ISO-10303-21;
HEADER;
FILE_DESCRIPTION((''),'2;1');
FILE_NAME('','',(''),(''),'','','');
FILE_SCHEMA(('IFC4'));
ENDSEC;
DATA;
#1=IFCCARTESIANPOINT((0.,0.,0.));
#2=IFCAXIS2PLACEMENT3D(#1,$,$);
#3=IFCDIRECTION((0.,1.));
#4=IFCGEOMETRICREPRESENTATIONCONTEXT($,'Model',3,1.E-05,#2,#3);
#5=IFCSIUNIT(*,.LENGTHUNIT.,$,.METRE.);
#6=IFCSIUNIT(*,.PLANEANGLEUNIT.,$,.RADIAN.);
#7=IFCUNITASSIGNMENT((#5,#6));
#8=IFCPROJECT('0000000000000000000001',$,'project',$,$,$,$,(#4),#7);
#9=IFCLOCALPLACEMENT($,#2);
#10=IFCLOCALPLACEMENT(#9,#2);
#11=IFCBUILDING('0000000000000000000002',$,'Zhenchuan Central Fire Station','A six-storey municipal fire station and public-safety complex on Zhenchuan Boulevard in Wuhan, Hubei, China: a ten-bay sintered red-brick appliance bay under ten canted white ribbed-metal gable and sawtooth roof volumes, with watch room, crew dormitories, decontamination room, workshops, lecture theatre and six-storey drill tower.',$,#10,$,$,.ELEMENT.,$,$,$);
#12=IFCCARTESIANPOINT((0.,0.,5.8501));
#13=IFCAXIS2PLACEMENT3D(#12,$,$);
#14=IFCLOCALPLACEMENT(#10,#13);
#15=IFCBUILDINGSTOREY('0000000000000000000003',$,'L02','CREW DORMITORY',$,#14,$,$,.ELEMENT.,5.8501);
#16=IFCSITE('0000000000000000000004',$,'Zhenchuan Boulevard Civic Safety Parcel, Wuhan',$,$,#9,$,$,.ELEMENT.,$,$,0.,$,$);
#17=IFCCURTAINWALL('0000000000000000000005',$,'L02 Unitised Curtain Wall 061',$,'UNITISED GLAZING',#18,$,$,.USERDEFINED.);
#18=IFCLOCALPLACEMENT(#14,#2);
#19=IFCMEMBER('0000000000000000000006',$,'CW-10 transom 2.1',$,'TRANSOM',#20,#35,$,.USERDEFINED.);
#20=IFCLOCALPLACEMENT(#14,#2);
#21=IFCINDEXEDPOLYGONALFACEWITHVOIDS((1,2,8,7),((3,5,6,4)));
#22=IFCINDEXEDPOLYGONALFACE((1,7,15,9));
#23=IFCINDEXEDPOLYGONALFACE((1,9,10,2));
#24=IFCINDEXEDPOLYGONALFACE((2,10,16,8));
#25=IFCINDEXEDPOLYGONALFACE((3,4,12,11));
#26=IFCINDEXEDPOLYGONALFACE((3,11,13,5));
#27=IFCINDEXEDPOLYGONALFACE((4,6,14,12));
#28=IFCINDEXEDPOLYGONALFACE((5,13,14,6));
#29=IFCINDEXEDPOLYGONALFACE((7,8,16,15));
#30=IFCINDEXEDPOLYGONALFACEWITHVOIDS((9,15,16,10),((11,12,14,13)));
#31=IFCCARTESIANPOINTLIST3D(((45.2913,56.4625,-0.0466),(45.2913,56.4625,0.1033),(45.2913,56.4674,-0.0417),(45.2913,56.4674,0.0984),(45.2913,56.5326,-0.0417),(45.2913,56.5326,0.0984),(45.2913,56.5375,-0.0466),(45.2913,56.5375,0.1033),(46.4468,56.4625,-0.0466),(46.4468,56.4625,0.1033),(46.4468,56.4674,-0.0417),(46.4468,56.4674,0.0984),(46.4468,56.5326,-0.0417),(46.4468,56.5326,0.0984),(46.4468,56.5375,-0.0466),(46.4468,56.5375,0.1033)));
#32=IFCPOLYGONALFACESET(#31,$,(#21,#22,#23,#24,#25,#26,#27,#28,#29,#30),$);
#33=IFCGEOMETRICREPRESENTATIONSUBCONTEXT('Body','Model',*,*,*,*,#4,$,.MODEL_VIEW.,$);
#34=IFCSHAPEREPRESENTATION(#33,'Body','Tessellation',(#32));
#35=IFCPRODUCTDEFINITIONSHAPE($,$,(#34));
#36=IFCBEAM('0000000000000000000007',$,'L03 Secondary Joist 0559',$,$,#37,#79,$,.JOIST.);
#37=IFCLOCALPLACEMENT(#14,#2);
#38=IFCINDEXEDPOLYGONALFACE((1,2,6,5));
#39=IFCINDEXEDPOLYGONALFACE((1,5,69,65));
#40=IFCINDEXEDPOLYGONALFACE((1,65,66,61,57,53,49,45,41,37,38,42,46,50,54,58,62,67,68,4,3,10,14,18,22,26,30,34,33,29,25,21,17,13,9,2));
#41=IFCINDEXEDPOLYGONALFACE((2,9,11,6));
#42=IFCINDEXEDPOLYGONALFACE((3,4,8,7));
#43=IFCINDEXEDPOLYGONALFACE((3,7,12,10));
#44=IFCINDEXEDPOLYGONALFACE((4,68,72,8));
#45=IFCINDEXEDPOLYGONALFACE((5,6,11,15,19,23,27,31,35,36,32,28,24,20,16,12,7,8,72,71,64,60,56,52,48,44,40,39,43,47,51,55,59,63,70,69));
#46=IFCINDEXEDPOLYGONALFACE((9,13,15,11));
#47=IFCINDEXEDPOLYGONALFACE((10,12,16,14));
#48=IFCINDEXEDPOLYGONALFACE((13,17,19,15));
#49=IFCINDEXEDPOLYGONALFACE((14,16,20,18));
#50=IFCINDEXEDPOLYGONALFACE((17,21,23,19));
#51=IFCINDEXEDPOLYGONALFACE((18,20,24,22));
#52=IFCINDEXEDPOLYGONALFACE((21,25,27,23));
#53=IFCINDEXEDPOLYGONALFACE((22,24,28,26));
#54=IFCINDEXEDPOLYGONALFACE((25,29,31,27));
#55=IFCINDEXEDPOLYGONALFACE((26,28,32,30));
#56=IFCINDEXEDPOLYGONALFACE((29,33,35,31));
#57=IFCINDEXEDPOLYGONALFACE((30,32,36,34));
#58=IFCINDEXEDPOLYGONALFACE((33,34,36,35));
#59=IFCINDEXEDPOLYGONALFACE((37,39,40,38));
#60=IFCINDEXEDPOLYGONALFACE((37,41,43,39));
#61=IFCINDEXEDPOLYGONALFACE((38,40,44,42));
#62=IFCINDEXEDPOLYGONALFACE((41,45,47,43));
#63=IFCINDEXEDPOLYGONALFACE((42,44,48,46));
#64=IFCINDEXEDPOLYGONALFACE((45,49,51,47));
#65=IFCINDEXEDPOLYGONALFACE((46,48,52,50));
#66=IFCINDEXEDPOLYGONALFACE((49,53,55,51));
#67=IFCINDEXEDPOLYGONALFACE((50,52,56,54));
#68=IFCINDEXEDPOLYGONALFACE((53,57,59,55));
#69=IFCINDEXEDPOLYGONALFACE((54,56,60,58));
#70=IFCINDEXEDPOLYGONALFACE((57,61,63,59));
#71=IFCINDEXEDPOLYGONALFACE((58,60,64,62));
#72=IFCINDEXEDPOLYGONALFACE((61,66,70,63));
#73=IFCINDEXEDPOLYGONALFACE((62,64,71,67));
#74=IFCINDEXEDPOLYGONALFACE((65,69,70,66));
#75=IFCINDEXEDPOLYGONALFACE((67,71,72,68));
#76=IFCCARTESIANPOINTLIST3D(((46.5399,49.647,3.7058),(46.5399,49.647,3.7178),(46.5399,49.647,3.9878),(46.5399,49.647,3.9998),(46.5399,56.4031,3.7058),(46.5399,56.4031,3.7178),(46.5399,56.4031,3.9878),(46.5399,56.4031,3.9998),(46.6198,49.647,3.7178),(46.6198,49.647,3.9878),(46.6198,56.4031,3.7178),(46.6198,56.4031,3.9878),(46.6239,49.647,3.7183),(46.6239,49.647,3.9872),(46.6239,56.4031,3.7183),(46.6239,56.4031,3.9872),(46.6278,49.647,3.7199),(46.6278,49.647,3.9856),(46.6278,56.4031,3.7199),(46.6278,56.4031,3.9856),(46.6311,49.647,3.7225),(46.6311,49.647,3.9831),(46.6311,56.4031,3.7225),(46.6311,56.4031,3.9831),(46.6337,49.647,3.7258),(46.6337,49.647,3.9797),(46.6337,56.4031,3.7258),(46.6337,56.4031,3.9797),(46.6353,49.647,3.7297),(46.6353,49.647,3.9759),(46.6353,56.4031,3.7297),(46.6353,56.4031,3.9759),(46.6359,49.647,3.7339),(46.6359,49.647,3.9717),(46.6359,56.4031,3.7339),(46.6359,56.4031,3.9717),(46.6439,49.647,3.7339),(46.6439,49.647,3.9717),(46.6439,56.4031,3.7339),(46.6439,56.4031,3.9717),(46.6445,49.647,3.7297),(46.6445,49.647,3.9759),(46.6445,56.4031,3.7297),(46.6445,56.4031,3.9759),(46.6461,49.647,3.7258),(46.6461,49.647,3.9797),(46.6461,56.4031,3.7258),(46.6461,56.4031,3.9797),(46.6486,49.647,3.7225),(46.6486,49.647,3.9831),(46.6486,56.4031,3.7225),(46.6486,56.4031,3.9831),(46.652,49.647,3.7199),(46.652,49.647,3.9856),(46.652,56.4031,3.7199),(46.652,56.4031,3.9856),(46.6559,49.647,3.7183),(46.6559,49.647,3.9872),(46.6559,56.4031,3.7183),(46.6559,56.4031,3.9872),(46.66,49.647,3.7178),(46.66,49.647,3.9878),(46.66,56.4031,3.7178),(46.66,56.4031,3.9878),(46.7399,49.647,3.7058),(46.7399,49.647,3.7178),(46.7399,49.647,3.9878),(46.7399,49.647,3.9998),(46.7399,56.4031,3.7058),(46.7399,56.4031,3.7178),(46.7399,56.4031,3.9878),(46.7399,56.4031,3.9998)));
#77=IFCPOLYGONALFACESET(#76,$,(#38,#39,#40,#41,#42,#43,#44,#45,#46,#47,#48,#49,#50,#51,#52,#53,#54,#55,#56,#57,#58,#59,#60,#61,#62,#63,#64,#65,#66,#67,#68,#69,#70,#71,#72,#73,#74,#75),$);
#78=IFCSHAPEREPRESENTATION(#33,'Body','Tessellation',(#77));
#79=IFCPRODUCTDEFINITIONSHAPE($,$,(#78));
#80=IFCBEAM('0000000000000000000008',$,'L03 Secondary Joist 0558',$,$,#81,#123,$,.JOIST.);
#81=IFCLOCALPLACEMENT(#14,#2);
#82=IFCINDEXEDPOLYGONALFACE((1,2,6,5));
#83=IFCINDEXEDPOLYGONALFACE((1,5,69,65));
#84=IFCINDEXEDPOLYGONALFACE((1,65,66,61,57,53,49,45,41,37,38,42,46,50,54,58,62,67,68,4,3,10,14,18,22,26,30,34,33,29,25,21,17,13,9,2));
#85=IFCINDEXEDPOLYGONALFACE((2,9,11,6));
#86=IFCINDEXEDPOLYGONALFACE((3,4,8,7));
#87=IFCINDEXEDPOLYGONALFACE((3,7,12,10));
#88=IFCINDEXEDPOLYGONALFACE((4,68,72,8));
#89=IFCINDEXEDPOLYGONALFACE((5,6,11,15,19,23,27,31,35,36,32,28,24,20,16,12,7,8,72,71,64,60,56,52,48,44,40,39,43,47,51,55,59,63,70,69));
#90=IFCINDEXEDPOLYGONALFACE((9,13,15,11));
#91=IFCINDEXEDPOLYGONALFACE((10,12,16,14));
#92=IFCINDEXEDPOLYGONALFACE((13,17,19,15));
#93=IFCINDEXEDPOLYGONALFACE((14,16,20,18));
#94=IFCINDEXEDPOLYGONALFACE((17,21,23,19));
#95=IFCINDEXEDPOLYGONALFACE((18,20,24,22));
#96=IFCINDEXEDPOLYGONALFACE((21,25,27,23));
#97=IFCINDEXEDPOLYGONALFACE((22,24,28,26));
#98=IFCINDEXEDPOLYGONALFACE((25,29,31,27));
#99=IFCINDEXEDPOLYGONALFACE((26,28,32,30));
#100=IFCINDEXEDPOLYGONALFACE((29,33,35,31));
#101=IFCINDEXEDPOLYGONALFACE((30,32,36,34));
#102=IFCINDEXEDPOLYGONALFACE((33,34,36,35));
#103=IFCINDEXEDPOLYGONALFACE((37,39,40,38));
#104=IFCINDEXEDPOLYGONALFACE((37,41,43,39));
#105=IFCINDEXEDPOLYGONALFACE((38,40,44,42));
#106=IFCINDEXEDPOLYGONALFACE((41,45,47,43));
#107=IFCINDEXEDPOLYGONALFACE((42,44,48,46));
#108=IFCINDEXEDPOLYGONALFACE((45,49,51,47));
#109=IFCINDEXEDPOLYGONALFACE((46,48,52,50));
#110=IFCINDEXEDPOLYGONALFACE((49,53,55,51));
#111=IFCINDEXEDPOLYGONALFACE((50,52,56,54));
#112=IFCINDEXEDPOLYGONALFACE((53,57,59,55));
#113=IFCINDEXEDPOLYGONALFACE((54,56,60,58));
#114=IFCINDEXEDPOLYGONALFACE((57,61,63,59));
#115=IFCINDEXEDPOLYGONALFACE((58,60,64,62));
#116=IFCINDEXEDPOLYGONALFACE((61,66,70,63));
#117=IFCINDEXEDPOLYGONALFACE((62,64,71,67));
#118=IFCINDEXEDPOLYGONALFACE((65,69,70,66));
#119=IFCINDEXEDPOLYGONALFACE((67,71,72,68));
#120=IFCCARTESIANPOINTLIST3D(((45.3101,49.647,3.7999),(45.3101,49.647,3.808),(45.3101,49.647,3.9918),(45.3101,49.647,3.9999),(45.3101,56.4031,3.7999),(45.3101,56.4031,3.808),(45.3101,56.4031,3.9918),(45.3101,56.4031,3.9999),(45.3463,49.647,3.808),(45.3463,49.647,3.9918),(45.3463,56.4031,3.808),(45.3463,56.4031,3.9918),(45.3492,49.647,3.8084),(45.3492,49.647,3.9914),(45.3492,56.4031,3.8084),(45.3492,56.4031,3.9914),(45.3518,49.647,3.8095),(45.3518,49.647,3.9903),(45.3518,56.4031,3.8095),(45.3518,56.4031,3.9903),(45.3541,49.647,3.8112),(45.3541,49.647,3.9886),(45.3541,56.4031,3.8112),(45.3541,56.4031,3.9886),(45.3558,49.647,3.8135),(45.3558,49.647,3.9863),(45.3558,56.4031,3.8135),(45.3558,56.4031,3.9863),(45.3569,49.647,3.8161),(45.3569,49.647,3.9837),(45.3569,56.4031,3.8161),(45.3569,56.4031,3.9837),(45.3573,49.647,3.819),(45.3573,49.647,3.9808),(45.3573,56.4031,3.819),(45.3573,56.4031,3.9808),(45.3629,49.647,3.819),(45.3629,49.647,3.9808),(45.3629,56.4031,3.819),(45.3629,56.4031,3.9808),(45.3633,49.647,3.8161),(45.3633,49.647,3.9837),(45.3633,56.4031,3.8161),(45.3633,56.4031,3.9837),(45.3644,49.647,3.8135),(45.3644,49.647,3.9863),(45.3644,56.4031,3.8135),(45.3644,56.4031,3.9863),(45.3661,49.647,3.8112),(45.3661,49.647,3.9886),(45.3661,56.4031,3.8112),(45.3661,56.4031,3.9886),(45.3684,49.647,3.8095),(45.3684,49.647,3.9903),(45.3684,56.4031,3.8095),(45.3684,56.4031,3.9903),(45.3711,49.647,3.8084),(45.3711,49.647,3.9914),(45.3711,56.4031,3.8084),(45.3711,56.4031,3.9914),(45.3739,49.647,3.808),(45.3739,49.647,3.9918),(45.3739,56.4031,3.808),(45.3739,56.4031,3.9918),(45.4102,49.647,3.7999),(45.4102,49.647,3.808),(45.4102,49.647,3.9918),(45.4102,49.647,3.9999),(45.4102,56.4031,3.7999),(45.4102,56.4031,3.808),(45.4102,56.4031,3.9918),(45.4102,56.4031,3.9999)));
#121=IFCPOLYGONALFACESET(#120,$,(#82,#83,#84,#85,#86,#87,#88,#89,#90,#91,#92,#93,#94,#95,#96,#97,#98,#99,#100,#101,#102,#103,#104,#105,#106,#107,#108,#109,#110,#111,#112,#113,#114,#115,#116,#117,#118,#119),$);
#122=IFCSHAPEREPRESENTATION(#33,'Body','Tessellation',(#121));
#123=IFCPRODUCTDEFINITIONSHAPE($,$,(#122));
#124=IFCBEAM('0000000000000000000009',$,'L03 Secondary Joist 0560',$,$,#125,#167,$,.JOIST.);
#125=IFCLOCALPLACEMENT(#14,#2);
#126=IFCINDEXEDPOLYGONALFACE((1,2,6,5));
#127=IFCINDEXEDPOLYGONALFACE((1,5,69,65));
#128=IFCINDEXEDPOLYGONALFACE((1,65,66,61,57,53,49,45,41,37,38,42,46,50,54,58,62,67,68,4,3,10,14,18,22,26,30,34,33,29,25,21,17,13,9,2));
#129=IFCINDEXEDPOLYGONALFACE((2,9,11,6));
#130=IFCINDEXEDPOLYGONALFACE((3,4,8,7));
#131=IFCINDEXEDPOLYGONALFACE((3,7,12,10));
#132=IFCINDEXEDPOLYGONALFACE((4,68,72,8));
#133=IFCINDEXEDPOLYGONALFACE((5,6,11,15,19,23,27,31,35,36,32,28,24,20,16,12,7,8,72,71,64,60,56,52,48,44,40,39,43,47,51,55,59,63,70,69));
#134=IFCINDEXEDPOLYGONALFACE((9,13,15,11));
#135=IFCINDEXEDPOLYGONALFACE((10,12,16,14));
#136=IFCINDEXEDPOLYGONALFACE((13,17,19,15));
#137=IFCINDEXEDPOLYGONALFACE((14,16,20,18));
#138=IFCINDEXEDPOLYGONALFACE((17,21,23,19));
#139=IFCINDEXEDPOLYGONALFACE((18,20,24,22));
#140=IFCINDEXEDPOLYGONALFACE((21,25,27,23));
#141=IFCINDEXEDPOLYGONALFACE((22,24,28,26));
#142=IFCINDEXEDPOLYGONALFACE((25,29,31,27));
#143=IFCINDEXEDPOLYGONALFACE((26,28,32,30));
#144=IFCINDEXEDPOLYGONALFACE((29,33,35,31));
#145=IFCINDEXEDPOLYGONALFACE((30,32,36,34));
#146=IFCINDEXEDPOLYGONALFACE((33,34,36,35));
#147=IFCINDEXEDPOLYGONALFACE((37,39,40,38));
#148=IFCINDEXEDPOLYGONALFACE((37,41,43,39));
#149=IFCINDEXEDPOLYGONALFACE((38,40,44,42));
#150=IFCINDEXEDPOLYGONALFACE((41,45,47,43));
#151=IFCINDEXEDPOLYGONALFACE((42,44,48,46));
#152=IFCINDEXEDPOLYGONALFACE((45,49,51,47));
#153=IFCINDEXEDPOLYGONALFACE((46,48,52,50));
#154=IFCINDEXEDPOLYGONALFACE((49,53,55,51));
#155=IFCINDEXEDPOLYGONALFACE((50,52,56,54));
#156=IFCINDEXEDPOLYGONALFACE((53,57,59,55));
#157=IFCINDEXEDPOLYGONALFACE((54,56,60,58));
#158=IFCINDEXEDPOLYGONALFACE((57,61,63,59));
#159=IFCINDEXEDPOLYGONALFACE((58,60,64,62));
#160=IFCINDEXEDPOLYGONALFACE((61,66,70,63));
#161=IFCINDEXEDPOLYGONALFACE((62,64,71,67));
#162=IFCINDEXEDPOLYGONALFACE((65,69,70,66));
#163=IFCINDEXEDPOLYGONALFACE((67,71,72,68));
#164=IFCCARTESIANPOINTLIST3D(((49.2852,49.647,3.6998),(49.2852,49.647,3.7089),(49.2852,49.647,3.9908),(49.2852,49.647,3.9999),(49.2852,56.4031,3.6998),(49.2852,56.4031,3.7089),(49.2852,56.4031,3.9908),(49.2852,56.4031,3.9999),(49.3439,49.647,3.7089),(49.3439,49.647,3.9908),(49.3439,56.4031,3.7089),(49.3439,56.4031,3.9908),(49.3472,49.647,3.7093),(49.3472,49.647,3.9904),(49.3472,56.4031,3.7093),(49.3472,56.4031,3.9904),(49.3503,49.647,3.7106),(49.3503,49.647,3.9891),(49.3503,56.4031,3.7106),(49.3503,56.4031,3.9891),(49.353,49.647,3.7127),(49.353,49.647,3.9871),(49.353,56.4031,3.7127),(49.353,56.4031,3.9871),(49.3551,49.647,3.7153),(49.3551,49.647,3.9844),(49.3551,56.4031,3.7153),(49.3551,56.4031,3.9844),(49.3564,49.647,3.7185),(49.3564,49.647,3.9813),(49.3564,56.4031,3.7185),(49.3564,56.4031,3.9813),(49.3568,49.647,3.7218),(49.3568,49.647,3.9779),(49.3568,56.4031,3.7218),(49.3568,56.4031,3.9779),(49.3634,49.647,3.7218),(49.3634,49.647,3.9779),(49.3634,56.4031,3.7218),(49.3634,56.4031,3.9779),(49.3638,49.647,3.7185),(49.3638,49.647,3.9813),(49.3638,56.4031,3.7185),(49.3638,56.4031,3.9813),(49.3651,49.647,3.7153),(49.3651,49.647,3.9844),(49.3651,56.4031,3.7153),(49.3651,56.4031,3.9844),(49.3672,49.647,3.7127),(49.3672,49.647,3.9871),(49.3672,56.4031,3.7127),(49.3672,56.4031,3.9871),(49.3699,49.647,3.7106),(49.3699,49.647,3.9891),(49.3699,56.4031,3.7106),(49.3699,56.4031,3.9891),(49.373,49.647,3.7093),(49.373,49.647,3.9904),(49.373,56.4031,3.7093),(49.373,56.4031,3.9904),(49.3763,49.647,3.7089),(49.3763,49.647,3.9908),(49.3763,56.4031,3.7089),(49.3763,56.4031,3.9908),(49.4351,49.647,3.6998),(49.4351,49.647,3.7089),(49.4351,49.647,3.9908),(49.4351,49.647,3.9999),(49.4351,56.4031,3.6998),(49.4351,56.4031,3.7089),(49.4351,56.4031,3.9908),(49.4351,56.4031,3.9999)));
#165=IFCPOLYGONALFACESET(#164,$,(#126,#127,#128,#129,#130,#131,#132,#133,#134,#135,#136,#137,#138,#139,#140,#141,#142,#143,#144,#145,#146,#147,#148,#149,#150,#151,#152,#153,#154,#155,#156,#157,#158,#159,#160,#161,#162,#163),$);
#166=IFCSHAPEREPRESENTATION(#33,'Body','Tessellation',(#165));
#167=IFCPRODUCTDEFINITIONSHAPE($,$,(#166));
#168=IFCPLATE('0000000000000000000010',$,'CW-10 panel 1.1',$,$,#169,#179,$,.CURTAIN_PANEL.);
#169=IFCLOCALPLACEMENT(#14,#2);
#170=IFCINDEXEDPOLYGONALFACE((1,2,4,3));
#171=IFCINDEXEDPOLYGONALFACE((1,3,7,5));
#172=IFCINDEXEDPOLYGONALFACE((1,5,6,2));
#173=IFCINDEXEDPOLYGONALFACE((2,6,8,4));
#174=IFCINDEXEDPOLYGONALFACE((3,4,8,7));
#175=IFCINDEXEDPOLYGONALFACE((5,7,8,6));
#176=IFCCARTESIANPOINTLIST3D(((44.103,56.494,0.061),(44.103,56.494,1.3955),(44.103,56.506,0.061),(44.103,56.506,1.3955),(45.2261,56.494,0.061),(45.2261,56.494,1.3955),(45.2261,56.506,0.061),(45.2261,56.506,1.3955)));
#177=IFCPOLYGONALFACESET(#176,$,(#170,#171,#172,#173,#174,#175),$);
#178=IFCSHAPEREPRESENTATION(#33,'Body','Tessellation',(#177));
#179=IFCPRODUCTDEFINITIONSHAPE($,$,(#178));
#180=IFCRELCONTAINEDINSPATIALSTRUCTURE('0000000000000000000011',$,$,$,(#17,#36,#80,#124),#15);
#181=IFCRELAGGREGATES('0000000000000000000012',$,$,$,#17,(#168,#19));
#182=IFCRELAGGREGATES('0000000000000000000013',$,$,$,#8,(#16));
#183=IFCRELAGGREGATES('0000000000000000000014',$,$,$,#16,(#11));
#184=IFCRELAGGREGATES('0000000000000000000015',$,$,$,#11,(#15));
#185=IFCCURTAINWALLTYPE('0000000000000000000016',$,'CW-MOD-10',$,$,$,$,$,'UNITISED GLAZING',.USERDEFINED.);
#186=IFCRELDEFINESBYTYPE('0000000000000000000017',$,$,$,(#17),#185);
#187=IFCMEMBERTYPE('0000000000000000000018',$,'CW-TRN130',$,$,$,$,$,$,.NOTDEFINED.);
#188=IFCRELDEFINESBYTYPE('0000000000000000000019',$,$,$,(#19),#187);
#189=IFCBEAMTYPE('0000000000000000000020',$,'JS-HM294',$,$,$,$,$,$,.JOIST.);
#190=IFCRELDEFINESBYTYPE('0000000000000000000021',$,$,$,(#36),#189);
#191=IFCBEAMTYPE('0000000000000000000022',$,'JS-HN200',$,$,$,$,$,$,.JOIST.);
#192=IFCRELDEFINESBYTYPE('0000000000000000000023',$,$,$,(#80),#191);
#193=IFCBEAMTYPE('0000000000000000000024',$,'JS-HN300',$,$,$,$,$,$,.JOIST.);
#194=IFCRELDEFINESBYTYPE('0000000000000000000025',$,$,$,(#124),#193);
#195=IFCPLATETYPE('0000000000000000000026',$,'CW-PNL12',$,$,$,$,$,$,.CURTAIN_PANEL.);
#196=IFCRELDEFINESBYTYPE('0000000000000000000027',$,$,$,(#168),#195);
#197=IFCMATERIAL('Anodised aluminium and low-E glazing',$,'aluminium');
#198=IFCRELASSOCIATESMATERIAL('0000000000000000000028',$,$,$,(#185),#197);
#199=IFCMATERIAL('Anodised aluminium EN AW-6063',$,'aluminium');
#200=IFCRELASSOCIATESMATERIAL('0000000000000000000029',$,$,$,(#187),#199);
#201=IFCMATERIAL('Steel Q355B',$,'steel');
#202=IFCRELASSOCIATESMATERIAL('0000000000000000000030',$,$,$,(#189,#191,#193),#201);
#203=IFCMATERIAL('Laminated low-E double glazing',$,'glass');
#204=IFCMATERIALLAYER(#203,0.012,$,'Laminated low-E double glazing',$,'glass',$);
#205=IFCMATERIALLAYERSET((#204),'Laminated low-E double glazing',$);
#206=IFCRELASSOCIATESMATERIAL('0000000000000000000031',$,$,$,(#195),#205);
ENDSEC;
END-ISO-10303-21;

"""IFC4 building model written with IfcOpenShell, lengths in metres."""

from ifc_helpers import new_model, si_unit, direction, frame, origin, origin_2d, place, context, subcontext, project, spatial, rectangle, hollow_rectangle, i_section, extrude, material, layer, layer_set, material_profile, profile_set, type_object, element, aggregate, save


model = new_model("IFC4")

# Units and contexts
model_context = context("Model", 3, precision=1e-05, world=origin(), true_north=direction((0.0, 1.0)))
body_context = subcontext(model_context, "Body", "Model", "MODEL_VIEW")
ifc_project = project(units=[si_unit("LENGTHUNIT", "METRE"), si_unit("PLANEANGLEUNIT", "RADIAN")], contexts=[model_context])

# Site, building, storey
site_placement = place(None, origin())
site = spatial("IfcSite", under=ifc_project, at=site_placement, Name="Zhenchuan Boulevard Civic Safety Parcel, Wuhan", CompositionType="ELEMENT", RefElevation=0.0)
building_placement = place(site_placement, origin())
building = spatial("IfcBuilding", under=site, at=building_placement, Name="Zhenchuan Central Fire Station", Description="A six-storey municipal fire station and public-safety complex on Zhenchuan Boulevard in Wuhan, Hubei, China: a ten-bay sintered red-brick appliance bay under ten canted white ribbed-metal gable and sawtooth roof volumes, with watch room, crew dormitories, decontamination room, workshops, lecture theatre and six-storey drill tower.", CompositionType="ELEMENT")
storey_placement = place(building_placement, frame((0.0, 0.0, 5.8501)))
storey = spatial("IfcBuildingStorey", under=building, at=storey_placement, Name="L02", Description="CREW DORMITORY", CompositionType="ELEMENT", Elevation=5.8501)

# Shared definitions
ifc_material_1 = material(Name="Steel Q355B", Category="steel")

# Curtain wall, member
ifc_material_2 = material(Name="Anodised aluminium and low-E glazing", Category="aluminium")
curtain_wall_type = type_object("IfcCurtainWallType", Name="CW-MOD-10", ElementType="UNITISED GLAZING", PredefinedType="USERDEFINED", material=ifc_material_2)
curtain_wall_placement = place(storey_placement, origin())
curtain_wall = element("IfcCurtainWall", 1, at=curtain_wall_placement, inside=storey, type_object=curtain_wall_type, Name="L02 Unitised Curtain Wall 061", ObjectType="UNITISED GLAZING", PredefinedType="USERDEFINED")
ifc_material_3 = material(Name="Anodised aluminium EN AW-6063", Category="aluminium")
ifc_material_profile_1 = material_profile(ifc_material_3, hollow_rectangle(XDim=0.075, YDim=0.1499, WallThickness=0.0049, at=origin_2d()), Name="ALU-T 150x75")
ifc_profile_set_1 = profile_set([ifc_material_profile_1], Name="Anodised aluminium EN AW-6063")
member_type_1 = type_object("IfcMemberType", Name="CW-TRN130", PredefinedType="NOTDEFINED", material=ifc_profile_set_1)
member_1_placement = place(storey_placement, frame((45.2913, 56.5, 0.0283), z_axis=(1.0, 0.0, 0.0), x_axis=(0.0, 1.0, 0.0)))
member_1 = element("IfcMember", 2, at=member_1_placement, type_object=member_type_1, Name="CW-10 transom 2.1", ObjectType="TRANSOM", PredefinedType="USERDEFINED", context=body_context, shape_type="SweptSolid", body=[
    extrude(hollow_rectangle(XDim=0.075, YDim=0.1499, WallThickness=0.0049, at=origin_2d()), origin(), (0.0, 0.0, 1.0), 1.1555),
])

# Beams
ifc_material_profile_2 = material_profile(ifc_material_1, i_section(OverallWidth=0.2, OverallDepth=0.2939, WebThickness=0.0081, FlangeThickness=0.012, FilletRadius=0.0161, at=origin_2d()), Name="HM 294x200")
ifc_profile_set_2 = profile_set([ifc_material_profile_2], Name="Steel Q355B")
beam_type_1 = type_object("IfcBeamType", Name="JS-HM294", PredefinedType="JOIST", material=ifc_profile_set_2)
beam_1_placement = place(storey_placement, frame((46.6399, 49.647, 3.8528), z_axis=(0.0, 1.0, 0.0), x_axis=(-1.0, 0.0, 0.0)))
element("IfcBeam", 3, at=beam_1_placement, inside=storey, type_object=beam_type_1, Name="L03 Secondary Joist 0559", PredefinedType="JOIST", context=body_context, shape_type="SweptSolid", body=[
    extrude(i_section(OverallWidth=0.2, OverallDepth=0.2939, WebThickness=0.0081, FlangeThickness=0.012, FilletRadius=0.0161, at=origin_2d()), origin(), (0.0, 0.0, 1.0), 6.7561),
])
ifc_material_profile_3 = material_profile(ifc_material_1, i_section(OverallWidth=0.1001, OverallDepth=0.2, WebThickness=0.0056, FlangeThickness=0.0081, FilletRadius=0.011, at=origin_2d()), Name="HN 200x100")
ifc_profile_set_3 = profile_set([ifc_material_profile_3], Name="Steel Q355B")
beam_type_2 = type_object("IfcBeamType", Name="JS-HN200", PredefinedType="JOIST", material=ifc_profile_set_3)
beam_2_placement = place(storey_placement, frame((45.3601, 49.647, 3.8999), z_axis=(0.0, 1.0, 0.0), x_axis=(-1.0, 0.0, 0.0)))
element("IfcBeam", 4, at=beam_2_placement, inside=storey, type_object=beam_type_2, Name="L03 Secondary Joist 0558", PredefinedType="JOIST", context=body_context, shape_type="SweptSolid", body=[
    extrude(i_section(OverallWidth=0.1001, OverallDepth=0.2, WebThickness=0.0056, FlangeThickness=0.0081, FilletRadius=0.011, at=origin_2d()), origin(), (0.0, 0.0, 1.0), 6.7561),
])
ifc_material_profile_4 = material_profile(ifc_material_1, i_section(OverallWidth=0.1499, OverallDepth=0.3, WebThickness=0.0066, FlangeThickness=0.009, FilletRadius=0.0129, at=origin_2d()), Name="HN 300x150")
ifc_profile_set_4 = profile_set([ifc_material_profile_4], Name="Steel Q355B")
beam_type_3 = type_object("IfcBeamType", Name="JS-HN300", PredefinedType="JOIST", material=ifc_profile_set_4)
beam_3_placement = place(storey_placement, frame((49.3601, 49.647, 3.8499), z_axis=(0.0, 1.0, 0.0), x_axis=(-1.0, 0.0, 0.0)))
element("IfcBeam", 5, at=beam_3_placement, inside=storey, type_object=beam_type_3, Name="L03 Secondary Joist 0560", PredefinedType="JOIST", context=body_context, shape_type="SweptSolid", body=[
    extrude(i_section(OverallWidth=0.1499, OverallDepth=0.3, WebThickness=0.0066, FlangeThickness=0.009, FilletRadius=0.0129, at=origin_2d()), origin(), (0.0, 0.0, 1.0), 6.7561),
])

# Plate
ifc_material_4 = material(Name="Laminated low-E double glazing", Category="glass")
ifc_layer_1 = layer(ifc_material_4, 0.012, Name="Laminated low-E double glazing", Category="glass")
ifc_layer_set_1 = layer_set([ifc_layer_1], Name="Laminated low-E double glazing")
plate_type = type_object("IfcPlateType", Name="CW-PNL12", PredefinedType="CURTAIN_PANEL", material=ifc_layer_set_1)
plate_1_placement = place(storey_placement, frame((44.6646, 56.5, 0.061), z_axis=(0.0, 0.0, 1.0), x_axis=(1.0, 0.0, 0.0)))
plate_1 = element("IfcPlate", 6, at=plate_1_placement, type_object=plate_type, Name="CW-10 panel 1.1", PredefinedType="CURTAIN_PANEL", context=body_context, shape_type="SweptSolid", body=[
    extrude(rectangle(XDim=1.123, YDim=0.012, at=origin_2d()), origin(), (0.0, 0.0, 1.0), 1.3345),
])
aggregate(curtain_wall, [plate_1, member_1])

save(model, "model.ifc")
